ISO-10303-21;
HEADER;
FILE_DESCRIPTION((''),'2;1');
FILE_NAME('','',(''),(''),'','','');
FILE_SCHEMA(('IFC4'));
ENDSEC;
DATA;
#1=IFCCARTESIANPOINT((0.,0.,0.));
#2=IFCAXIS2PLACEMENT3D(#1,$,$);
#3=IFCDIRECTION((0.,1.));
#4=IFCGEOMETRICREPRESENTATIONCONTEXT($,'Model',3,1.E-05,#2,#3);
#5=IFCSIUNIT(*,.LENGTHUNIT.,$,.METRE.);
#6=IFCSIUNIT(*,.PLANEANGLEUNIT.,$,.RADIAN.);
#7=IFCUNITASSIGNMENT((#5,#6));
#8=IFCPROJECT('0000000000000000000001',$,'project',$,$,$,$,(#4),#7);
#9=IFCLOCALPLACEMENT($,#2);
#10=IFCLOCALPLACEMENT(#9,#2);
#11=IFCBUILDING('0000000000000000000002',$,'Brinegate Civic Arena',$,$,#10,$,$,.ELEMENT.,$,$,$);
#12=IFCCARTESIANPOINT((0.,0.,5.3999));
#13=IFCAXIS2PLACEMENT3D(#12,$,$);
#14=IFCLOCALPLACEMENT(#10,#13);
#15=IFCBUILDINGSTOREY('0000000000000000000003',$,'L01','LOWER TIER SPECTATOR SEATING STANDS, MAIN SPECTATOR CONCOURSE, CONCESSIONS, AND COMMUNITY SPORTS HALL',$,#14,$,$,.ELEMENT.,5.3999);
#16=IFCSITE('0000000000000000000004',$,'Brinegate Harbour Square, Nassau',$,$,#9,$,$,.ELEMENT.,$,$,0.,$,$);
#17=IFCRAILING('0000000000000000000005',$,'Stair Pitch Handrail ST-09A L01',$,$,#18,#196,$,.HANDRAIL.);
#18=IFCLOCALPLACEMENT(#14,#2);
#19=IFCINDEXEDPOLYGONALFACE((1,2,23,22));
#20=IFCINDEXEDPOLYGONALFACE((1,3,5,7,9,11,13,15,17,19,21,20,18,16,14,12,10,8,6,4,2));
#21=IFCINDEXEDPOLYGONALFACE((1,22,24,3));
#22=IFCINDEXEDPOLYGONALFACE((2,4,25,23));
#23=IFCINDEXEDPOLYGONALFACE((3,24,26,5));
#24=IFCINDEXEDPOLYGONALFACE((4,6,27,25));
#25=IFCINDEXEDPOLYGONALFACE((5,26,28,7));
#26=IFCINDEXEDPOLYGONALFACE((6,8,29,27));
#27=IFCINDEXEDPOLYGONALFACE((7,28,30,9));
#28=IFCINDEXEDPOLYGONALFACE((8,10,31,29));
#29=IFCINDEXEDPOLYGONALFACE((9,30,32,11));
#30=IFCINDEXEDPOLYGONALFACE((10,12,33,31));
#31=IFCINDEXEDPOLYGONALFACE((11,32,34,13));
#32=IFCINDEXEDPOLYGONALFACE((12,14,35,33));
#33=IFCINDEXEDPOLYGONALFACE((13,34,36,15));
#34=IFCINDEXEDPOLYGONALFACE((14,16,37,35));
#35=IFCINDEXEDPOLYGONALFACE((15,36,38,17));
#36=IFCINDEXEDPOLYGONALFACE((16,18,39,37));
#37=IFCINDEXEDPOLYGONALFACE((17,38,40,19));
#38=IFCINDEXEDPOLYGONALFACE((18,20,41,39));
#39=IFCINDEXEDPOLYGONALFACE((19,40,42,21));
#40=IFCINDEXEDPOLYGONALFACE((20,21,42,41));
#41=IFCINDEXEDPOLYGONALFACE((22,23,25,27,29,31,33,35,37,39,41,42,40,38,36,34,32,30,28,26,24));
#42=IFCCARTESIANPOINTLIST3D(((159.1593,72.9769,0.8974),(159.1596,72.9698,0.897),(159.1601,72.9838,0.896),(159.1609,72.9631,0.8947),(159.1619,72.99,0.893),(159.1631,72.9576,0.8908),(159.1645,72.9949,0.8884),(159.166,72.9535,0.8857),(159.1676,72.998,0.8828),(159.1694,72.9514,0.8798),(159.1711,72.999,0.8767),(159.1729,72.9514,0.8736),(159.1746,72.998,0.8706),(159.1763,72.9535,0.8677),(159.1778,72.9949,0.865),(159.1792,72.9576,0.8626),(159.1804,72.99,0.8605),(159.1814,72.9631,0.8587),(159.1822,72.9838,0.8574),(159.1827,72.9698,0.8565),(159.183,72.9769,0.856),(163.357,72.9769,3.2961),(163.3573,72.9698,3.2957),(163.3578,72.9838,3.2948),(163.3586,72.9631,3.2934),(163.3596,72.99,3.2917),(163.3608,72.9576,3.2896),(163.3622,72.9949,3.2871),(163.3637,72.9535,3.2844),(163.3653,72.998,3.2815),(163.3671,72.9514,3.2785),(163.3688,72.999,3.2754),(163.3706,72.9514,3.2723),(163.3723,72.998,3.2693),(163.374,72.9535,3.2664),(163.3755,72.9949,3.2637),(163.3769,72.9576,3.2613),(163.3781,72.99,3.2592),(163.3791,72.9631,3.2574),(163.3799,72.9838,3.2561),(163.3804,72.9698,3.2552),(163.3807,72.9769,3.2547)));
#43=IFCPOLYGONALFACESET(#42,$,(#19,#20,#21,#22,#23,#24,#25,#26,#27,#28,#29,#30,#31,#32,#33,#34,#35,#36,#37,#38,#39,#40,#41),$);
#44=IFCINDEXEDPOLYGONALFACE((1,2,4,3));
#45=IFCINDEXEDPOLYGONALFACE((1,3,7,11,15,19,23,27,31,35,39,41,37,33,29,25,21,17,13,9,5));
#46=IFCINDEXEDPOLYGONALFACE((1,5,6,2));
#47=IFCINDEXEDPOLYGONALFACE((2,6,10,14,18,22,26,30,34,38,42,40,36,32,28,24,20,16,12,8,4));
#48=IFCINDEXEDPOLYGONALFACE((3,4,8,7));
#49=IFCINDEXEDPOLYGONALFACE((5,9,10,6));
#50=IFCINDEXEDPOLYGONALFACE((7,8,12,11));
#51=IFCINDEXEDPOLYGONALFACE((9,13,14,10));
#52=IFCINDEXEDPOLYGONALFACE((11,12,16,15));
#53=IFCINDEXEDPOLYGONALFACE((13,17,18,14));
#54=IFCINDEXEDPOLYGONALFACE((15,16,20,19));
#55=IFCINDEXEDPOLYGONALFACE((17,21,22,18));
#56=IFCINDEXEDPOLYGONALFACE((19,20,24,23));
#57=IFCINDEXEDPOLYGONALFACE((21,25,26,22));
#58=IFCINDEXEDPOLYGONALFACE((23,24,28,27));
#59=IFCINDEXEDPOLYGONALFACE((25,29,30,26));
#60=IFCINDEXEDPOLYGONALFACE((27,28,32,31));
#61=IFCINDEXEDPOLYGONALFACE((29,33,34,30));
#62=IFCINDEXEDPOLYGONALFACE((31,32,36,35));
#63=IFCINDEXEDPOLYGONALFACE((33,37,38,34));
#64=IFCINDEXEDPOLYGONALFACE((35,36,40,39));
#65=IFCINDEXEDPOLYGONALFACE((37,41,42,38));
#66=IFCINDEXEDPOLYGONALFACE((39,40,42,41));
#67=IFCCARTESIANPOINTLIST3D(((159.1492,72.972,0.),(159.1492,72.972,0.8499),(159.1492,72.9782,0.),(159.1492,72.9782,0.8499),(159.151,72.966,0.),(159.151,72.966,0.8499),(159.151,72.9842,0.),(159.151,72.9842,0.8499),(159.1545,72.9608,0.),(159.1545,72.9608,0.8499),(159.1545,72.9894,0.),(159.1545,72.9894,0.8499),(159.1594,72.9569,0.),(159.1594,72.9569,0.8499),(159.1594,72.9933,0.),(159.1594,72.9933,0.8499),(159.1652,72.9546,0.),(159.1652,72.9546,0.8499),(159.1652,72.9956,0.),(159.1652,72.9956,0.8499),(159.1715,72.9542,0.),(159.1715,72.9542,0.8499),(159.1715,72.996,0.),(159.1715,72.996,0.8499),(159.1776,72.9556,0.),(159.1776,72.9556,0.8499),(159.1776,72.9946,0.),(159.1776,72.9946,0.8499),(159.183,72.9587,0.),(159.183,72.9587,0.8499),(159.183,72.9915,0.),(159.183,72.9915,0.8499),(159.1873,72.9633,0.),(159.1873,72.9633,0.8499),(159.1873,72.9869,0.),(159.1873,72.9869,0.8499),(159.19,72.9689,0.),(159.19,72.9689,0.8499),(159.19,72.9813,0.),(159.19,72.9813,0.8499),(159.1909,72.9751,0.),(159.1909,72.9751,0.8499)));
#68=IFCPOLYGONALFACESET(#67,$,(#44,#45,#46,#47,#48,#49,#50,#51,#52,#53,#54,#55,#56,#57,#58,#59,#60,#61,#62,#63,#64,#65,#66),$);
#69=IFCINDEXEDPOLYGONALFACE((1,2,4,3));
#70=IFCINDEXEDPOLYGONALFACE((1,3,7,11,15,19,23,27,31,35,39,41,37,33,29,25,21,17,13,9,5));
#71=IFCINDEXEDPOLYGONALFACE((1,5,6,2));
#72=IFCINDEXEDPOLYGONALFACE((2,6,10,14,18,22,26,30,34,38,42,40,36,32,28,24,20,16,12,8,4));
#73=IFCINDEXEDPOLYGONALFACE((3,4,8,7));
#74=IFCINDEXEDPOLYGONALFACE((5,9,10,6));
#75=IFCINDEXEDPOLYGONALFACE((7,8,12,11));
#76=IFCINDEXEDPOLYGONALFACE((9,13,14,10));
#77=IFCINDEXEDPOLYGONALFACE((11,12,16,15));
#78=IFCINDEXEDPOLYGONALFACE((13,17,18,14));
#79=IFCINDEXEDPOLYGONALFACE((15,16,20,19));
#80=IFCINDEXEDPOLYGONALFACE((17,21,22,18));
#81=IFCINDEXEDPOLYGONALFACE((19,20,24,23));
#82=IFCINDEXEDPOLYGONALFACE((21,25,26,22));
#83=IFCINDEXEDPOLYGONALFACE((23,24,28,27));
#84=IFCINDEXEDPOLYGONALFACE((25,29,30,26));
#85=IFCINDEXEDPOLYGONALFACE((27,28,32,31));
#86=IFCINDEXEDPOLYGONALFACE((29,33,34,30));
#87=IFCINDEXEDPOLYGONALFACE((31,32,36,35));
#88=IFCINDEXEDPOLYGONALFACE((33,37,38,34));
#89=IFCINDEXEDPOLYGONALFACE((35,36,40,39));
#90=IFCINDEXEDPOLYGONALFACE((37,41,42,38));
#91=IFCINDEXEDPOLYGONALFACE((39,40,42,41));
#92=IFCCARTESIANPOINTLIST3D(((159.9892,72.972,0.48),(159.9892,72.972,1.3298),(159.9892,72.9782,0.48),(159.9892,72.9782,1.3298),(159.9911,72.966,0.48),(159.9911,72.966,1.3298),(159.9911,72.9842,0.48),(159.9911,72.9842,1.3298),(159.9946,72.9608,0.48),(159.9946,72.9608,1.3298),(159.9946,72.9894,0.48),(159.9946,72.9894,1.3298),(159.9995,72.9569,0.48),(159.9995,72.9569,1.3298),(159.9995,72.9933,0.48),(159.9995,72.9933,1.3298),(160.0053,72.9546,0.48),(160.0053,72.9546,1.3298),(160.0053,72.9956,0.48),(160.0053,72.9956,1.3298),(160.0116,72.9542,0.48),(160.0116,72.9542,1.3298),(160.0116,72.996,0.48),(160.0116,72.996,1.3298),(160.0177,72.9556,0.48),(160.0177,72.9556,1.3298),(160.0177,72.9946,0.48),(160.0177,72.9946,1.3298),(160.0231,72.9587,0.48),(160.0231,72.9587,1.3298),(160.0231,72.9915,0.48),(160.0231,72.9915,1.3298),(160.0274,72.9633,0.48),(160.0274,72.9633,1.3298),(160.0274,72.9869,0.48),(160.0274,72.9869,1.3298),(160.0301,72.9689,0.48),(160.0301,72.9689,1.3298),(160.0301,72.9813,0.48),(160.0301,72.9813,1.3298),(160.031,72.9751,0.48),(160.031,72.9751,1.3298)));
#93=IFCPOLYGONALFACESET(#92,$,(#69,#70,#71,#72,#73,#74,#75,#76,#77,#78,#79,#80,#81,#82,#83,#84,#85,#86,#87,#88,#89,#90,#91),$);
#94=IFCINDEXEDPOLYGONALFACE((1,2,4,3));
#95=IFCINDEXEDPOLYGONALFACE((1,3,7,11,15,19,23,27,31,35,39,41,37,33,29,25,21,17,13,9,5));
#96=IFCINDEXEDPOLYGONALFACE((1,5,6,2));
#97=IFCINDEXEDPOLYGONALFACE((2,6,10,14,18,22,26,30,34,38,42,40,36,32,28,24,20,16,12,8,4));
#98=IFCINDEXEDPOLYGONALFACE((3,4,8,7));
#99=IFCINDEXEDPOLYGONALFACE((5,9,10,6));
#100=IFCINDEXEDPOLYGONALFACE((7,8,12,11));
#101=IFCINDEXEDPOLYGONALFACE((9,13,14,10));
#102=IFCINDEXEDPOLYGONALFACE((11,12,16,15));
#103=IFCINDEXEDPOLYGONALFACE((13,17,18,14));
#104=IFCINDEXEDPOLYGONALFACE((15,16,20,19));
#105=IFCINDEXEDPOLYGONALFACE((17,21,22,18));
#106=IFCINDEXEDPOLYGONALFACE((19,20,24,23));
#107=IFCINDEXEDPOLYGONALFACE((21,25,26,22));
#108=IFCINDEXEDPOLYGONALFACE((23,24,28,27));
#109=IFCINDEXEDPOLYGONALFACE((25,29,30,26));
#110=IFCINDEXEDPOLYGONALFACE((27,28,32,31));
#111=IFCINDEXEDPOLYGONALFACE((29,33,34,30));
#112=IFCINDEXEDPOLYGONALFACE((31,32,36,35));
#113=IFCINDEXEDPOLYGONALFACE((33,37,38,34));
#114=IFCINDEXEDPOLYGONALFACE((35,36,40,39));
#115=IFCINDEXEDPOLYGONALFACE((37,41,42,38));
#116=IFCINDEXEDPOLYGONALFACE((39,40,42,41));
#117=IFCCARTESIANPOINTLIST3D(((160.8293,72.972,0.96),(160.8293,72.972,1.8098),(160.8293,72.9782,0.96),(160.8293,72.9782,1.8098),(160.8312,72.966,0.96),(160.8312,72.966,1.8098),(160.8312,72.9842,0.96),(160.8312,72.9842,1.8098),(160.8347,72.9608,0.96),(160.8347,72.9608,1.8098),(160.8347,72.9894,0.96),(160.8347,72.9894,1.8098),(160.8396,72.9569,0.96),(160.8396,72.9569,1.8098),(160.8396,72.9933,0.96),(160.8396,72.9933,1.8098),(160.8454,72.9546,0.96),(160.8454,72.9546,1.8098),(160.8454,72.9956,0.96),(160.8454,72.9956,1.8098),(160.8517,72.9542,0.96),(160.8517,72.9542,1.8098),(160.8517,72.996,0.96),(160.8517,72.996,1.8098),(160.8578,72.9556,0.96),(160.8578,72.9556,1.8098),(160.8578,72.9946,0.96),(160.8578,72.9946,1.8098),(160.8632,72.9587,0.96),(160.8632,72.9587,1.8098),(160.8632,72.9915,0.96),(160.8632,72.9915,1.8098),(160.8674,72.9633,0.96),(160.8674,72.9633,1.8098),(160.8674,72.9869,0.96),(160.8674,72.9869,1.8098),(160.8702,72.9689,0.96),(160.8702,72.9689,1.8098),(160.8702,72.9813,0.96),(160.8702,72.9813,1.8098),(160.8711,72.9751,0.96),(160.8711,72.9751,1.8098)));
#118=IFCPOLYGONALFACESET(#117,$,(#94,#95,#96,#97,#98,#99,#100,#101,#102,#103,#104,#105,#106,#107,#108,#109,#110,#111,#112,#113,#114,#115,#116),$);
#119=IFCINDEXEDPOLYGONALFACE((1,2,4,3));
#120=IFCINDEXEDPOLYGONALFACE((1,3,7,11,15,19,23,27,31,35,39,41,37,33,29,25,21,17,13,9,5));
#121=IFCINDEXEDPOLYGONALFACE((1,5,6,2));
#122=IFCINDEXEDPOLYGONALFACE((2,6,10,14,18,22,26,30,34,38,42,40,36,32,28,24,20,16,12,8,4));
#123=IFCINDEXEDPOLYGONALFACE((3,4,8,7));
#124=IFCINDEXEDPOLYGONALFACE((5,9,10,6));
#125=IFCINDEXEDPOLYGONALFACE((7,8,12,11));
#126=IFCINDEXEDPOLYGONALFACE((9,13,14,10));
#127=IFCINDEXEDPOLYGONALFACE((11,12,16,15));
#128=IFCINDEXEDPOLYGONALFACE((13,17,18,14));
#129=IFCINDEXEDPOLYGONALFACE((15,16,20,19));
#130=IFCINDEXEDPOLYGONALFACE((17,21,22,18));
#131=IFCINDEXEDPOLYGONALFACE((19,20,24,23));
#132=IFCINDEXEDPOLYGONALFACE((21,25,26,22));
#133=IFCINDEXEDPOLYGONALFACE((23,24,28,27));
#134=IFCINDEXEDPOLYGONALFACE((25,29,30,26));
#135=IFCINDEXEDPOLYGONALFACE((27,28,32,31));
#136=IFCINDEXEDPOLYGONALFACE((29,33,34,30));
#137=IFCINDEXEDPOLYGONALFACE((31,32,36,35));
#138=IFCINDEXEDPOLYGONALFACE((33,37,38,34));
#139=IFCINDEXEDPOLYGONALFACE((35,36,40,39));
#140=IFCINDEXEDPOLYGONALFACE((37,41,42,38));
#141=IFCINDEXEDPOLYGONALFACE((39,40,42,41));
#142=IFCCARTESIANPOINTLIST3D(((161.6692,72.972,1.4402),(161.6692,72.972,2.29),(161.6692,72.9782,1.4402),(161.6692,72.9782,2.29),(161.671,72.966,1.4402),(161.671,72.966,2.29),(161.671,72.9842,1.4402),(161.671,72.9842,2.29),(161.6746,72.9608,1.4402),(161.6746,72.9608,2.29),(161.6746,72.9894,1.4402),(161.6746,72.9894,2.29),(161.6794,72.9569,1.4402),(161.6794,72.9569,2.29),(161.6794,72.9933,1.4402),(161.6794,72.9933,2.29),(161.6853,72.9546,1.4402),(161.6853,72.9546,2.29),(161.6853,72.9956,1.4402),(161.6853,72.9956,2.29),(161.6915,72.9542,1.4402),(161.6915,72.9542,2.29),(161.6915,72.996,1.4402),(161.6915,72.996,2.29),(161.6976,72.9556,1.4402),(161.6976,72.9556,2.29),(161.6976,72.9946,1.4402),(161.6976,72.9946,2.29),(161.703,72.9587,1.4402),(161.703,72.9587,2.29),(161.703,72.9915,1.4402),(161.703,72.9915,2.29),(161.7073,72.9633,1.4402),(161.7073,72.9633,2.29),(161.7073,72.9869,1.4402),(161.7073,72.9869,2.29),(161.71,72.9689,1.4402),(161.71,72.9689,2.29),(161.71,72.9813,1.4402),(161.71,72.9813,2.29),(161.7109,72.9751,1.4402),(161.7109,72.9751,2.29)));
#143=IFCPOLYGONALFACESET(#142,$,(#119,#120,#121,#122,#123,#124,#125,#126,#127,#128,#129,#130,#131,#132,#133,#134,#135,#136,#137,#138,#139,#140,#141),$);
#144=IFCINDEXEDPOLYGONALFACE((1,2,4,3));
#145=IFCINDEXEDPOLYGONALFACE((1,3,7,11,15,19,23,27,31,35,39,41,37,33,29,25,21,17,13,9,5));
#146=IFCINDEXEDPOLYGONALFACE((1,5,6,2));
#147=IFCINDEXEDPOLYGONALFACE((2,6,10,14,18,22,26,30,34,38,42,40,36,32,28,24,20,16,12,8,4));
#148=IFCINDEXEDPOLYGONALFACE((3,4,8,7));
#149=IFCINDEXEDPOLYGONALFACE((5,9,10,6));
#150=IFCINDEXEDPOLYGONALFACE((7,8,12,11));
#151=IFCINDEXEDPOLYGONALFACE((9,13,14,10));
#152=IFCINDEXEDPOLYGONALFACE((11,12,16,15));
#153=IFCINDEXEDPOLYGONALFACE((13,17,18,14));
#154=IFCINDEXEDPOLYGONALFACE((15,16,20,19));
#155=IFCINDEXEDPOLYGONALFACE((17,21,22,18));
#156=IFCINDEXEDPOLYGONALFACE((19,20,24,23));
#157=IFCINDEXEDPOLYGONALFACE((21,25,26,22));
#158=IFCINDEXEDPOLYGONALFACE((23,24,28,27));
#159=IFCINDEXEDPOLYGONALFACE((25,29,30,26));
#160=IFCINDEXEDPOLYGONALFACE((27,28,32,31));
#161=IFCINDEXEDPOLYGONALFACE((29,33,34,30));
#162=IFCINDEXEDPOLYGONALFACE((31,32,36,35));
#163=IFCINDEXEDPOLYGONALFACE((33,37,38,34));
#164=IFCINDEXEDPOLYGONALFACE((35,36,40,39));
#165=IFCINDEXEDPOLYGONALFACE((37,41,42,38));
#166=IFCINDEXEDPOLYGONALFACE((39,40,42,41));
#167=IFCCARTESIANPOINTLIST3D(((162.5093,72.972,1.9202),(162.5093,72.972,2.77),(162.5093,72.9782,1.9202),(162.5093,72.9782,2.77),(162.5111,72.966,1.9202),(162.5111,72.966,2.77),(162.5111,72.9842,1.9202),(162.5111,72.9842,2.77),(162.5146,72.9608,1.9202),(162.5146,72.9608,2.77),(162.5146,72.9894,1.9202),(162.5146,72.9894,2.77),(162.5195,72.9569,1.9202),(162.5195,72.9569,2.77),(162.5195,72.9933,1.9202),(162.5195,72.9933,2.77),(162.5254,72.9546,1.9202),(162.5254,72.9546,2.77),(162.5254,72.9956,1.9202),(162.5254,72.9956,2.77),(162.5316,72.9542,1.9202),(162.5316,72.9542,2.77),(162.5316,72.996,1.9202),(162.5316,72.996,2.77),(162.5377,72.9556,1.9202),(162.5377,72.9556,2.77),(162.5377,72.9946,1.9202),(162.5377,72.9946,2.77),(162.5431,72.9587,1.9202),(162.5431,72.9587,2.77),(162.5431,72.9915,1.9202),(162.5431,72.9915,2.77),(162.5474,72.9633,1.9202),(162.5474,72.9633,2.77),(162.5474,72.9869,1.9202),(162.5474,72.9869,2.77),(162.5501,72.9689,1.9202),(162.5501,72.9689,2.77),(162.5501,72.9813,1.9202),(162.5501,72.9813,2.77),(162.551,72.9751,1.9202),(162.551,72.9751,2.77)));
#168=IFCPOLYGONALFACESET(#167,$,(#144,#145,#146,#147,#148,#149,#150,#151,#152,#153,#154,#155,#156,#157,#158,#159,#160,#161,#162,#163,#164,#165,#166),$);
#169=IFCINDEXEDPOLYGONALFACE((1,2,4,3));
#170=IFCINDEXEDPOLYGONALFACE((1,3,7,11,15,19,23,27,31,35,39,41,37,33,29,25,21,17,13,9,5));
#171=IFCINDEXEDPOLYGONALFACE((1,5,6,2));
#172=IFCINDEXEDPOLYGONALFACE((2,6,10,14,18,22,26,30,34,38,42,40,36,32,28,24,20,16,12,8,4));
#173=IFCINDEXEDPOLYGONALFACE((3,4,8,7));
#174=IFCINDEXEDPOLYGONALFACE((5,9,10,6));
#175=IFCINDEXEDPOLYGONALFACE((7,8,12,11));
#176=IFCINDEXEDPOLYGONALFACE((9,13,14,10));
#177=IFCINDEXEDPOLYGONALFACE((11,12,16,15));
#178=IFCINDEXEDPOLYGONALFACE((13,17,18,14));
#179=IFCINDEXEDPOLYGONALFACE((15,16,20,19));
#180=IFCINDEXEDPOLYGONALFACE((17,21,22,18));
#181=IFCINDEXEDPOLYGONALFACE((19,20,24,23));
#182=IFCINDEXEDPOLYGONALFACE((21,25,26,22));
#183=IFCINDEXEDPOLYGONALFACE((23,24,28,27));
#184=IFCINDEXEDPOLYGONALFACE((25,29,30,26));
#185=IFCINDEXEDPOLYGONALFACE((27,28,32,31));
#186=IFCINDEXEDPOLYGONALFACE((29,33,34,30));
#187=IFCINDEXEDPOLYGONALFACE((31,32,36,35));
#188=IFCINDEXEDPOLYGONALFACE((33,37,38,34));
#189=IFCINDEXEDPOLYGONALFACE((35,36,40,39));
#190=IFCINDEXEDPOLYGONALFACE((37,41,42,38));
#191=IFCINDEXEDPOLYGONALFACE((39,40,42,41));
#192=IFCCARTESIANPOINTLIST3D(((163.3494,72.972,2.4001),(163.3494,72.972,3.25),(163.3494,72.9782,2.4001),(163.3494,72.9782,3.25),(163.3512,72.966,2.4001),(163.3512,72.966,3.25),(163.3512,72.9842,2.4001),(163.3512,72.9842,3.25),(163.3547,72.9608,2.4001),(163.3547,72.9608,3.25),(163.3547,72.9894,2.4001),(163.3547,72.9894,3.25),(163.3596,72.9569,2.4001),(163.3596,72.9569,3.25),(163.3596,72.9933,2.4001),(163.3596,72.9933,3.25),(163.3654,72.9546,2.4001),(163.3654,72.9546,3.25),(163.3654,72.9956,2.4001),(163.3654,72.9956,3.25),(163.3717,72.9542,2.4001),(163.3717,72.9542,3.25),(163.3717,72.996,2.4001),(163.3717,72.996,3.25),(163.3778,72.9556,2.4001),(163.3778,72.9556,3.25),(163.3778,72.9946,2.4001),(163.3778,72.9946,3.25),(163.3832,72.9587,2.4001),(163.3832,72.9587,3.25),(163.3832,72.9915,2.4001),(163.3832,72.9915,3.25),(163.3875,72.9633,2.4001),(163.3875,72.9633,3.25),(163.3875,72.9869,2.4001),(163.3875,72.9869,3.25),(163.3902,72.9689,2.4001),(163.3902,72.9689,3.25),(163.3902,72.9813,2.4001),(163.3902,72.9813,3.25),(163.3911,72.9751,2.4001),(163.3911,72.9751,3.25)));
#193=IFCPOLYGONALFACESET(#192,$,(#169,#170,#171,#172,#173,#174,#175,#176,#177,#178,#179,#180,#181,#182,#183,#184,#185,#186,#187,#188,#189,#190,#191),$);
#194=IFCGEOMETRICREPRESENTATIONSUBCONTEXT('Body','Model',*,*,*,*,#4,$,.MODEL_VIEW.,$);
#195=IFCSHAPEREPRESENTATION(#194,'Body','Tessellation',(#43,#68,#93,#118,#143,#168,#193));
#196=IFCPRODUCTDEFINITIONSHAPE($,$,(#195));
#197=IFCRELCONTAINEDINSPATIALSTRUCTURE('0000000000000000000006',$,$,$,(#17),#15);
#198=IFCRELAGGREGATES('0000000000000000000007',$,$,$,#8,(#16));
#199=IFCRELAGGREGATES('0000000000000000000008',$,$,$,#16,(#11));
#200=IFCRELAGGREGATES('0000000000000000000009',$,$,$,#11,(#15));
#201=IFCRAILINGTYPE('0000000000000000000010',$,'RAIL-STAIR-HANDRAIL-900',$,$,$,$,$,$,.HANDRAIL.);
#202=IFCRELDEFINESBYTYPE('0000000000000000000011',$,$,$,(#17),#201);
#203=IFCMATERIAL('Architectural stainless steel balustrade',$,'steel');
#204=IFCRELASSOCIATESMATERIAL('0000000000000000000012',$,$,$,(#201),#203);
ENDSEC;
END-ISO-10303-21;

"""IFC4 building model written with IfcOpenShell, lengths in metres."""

from ifc_helpers import new_model, si_unit, direction, frame, origin, origin_2d, place, context, subcontext, project, spatial, circle, extrude, material, type_object, element, save


model = new_model("IFC4")

# Units and contexts
model_context = context("Model", 3, precision=1e-05, world=origin(), true_north=direction((0.0, 1.0)))
body_context = subcontext(model_context, "Body", "Model", "MODEL_VIEW")
ifc_project = project(units=[si_unit("LENGTHUNIT", "METRE"), si_unit("PLANEANGLEUNIT", "RADIAN")], contexts=[model_context])

# Site, building, storey
site_placement = place(None, origin())
site = spatial("IfcSite", under=ifc_project, at=site_placement, Name="Brinegate Harbour Square, Nassau", CompositionType="ELEMENT", RefElevation=0.0)
building_placement = place(site_placement, origin())
building = spatial("IfcBuilding", under=site, at=building_placement, Name="Brinegate Civic Arena", CompositionType="ELEMENT")
storey_placement = place(building_placement, frame((0.0, 0.0, 5.3999)))
storey = spatial("IfcBuildingStorey", under=building, at=storey_placement, Name="L01", Description="LOWER TIER SPECTATOR SEATING STANDS, MAIN SPECTATOR CONCOURSE, CONCESSIONS, AND COMMUNITY SPORTS HALL", CompositionType="ELEMENT", Elevation=5.3999)

# Railing
ifc_material_1 = material(Name="Architectural stainless steel balustrade", Category="steel")
railing_type = type_object("IfcRailingType", Name="RAIL-STAIR-HANDRAIL-900", PredefinedType="HANDRAIL", material=ifc_material_1)
for number, where, name in (
    (1, (159.1699, 72.9751, 0.0), "Stair Pitch Handrail ST-09A L01"),
):
    element("IfcRailing", number, at=place(storey_placement, frame(where)), inside=storey, type_object=railing_type, Name=name, PredefinedType="HANDRAIL", context=body_context, shape_type="SweptSolid", body=[
        extrude(circle(Radius=0.0239, at=origin_2d()), frame((0.0012, 0.0, 0.8767), z_axis=(0.86824, 0.0, 0.496144), x_axis=(0.0, 1.0, 0.0)), (0.0, 0.0, 1.0), 4.8347),
        extrude(circle(Radius=0.021, at=origin_2d()), origin(), (0.0, 0.0, 1.0), 0.8499),
        extrude(circle(Radius=0.021, at=origin_2d()), frame((0.8401, 0.0, 0.48)), (0.0, 0.0, 1.0), 0.8499),
        extrude(circle(Radius=0.021, at=origin_2d()), frame((1.6802, 0.0, 0.96)), (0.0, 0.0, 1.0), 0.8499),
        extrude(circle(Radius=0.021, at=origin_2d()), frame((2.52, 0.0, 1.4402)), (0.0, 0.0, 1.0), 0.8499),
        extrude(circle(Radius=0.021, at=origin_2d()), frame((3.3601, 0.0, 1.9202)), (0.0, 0.0, 1.0), 0.8499),
        extrude(circle(Radius=0.021, at=origin_2d()), frame((4.2002, 0.0, 2.4001)), (0.0, 0.0, 1.0), 0.8499),
    ])

save(model, "model.ifc")
